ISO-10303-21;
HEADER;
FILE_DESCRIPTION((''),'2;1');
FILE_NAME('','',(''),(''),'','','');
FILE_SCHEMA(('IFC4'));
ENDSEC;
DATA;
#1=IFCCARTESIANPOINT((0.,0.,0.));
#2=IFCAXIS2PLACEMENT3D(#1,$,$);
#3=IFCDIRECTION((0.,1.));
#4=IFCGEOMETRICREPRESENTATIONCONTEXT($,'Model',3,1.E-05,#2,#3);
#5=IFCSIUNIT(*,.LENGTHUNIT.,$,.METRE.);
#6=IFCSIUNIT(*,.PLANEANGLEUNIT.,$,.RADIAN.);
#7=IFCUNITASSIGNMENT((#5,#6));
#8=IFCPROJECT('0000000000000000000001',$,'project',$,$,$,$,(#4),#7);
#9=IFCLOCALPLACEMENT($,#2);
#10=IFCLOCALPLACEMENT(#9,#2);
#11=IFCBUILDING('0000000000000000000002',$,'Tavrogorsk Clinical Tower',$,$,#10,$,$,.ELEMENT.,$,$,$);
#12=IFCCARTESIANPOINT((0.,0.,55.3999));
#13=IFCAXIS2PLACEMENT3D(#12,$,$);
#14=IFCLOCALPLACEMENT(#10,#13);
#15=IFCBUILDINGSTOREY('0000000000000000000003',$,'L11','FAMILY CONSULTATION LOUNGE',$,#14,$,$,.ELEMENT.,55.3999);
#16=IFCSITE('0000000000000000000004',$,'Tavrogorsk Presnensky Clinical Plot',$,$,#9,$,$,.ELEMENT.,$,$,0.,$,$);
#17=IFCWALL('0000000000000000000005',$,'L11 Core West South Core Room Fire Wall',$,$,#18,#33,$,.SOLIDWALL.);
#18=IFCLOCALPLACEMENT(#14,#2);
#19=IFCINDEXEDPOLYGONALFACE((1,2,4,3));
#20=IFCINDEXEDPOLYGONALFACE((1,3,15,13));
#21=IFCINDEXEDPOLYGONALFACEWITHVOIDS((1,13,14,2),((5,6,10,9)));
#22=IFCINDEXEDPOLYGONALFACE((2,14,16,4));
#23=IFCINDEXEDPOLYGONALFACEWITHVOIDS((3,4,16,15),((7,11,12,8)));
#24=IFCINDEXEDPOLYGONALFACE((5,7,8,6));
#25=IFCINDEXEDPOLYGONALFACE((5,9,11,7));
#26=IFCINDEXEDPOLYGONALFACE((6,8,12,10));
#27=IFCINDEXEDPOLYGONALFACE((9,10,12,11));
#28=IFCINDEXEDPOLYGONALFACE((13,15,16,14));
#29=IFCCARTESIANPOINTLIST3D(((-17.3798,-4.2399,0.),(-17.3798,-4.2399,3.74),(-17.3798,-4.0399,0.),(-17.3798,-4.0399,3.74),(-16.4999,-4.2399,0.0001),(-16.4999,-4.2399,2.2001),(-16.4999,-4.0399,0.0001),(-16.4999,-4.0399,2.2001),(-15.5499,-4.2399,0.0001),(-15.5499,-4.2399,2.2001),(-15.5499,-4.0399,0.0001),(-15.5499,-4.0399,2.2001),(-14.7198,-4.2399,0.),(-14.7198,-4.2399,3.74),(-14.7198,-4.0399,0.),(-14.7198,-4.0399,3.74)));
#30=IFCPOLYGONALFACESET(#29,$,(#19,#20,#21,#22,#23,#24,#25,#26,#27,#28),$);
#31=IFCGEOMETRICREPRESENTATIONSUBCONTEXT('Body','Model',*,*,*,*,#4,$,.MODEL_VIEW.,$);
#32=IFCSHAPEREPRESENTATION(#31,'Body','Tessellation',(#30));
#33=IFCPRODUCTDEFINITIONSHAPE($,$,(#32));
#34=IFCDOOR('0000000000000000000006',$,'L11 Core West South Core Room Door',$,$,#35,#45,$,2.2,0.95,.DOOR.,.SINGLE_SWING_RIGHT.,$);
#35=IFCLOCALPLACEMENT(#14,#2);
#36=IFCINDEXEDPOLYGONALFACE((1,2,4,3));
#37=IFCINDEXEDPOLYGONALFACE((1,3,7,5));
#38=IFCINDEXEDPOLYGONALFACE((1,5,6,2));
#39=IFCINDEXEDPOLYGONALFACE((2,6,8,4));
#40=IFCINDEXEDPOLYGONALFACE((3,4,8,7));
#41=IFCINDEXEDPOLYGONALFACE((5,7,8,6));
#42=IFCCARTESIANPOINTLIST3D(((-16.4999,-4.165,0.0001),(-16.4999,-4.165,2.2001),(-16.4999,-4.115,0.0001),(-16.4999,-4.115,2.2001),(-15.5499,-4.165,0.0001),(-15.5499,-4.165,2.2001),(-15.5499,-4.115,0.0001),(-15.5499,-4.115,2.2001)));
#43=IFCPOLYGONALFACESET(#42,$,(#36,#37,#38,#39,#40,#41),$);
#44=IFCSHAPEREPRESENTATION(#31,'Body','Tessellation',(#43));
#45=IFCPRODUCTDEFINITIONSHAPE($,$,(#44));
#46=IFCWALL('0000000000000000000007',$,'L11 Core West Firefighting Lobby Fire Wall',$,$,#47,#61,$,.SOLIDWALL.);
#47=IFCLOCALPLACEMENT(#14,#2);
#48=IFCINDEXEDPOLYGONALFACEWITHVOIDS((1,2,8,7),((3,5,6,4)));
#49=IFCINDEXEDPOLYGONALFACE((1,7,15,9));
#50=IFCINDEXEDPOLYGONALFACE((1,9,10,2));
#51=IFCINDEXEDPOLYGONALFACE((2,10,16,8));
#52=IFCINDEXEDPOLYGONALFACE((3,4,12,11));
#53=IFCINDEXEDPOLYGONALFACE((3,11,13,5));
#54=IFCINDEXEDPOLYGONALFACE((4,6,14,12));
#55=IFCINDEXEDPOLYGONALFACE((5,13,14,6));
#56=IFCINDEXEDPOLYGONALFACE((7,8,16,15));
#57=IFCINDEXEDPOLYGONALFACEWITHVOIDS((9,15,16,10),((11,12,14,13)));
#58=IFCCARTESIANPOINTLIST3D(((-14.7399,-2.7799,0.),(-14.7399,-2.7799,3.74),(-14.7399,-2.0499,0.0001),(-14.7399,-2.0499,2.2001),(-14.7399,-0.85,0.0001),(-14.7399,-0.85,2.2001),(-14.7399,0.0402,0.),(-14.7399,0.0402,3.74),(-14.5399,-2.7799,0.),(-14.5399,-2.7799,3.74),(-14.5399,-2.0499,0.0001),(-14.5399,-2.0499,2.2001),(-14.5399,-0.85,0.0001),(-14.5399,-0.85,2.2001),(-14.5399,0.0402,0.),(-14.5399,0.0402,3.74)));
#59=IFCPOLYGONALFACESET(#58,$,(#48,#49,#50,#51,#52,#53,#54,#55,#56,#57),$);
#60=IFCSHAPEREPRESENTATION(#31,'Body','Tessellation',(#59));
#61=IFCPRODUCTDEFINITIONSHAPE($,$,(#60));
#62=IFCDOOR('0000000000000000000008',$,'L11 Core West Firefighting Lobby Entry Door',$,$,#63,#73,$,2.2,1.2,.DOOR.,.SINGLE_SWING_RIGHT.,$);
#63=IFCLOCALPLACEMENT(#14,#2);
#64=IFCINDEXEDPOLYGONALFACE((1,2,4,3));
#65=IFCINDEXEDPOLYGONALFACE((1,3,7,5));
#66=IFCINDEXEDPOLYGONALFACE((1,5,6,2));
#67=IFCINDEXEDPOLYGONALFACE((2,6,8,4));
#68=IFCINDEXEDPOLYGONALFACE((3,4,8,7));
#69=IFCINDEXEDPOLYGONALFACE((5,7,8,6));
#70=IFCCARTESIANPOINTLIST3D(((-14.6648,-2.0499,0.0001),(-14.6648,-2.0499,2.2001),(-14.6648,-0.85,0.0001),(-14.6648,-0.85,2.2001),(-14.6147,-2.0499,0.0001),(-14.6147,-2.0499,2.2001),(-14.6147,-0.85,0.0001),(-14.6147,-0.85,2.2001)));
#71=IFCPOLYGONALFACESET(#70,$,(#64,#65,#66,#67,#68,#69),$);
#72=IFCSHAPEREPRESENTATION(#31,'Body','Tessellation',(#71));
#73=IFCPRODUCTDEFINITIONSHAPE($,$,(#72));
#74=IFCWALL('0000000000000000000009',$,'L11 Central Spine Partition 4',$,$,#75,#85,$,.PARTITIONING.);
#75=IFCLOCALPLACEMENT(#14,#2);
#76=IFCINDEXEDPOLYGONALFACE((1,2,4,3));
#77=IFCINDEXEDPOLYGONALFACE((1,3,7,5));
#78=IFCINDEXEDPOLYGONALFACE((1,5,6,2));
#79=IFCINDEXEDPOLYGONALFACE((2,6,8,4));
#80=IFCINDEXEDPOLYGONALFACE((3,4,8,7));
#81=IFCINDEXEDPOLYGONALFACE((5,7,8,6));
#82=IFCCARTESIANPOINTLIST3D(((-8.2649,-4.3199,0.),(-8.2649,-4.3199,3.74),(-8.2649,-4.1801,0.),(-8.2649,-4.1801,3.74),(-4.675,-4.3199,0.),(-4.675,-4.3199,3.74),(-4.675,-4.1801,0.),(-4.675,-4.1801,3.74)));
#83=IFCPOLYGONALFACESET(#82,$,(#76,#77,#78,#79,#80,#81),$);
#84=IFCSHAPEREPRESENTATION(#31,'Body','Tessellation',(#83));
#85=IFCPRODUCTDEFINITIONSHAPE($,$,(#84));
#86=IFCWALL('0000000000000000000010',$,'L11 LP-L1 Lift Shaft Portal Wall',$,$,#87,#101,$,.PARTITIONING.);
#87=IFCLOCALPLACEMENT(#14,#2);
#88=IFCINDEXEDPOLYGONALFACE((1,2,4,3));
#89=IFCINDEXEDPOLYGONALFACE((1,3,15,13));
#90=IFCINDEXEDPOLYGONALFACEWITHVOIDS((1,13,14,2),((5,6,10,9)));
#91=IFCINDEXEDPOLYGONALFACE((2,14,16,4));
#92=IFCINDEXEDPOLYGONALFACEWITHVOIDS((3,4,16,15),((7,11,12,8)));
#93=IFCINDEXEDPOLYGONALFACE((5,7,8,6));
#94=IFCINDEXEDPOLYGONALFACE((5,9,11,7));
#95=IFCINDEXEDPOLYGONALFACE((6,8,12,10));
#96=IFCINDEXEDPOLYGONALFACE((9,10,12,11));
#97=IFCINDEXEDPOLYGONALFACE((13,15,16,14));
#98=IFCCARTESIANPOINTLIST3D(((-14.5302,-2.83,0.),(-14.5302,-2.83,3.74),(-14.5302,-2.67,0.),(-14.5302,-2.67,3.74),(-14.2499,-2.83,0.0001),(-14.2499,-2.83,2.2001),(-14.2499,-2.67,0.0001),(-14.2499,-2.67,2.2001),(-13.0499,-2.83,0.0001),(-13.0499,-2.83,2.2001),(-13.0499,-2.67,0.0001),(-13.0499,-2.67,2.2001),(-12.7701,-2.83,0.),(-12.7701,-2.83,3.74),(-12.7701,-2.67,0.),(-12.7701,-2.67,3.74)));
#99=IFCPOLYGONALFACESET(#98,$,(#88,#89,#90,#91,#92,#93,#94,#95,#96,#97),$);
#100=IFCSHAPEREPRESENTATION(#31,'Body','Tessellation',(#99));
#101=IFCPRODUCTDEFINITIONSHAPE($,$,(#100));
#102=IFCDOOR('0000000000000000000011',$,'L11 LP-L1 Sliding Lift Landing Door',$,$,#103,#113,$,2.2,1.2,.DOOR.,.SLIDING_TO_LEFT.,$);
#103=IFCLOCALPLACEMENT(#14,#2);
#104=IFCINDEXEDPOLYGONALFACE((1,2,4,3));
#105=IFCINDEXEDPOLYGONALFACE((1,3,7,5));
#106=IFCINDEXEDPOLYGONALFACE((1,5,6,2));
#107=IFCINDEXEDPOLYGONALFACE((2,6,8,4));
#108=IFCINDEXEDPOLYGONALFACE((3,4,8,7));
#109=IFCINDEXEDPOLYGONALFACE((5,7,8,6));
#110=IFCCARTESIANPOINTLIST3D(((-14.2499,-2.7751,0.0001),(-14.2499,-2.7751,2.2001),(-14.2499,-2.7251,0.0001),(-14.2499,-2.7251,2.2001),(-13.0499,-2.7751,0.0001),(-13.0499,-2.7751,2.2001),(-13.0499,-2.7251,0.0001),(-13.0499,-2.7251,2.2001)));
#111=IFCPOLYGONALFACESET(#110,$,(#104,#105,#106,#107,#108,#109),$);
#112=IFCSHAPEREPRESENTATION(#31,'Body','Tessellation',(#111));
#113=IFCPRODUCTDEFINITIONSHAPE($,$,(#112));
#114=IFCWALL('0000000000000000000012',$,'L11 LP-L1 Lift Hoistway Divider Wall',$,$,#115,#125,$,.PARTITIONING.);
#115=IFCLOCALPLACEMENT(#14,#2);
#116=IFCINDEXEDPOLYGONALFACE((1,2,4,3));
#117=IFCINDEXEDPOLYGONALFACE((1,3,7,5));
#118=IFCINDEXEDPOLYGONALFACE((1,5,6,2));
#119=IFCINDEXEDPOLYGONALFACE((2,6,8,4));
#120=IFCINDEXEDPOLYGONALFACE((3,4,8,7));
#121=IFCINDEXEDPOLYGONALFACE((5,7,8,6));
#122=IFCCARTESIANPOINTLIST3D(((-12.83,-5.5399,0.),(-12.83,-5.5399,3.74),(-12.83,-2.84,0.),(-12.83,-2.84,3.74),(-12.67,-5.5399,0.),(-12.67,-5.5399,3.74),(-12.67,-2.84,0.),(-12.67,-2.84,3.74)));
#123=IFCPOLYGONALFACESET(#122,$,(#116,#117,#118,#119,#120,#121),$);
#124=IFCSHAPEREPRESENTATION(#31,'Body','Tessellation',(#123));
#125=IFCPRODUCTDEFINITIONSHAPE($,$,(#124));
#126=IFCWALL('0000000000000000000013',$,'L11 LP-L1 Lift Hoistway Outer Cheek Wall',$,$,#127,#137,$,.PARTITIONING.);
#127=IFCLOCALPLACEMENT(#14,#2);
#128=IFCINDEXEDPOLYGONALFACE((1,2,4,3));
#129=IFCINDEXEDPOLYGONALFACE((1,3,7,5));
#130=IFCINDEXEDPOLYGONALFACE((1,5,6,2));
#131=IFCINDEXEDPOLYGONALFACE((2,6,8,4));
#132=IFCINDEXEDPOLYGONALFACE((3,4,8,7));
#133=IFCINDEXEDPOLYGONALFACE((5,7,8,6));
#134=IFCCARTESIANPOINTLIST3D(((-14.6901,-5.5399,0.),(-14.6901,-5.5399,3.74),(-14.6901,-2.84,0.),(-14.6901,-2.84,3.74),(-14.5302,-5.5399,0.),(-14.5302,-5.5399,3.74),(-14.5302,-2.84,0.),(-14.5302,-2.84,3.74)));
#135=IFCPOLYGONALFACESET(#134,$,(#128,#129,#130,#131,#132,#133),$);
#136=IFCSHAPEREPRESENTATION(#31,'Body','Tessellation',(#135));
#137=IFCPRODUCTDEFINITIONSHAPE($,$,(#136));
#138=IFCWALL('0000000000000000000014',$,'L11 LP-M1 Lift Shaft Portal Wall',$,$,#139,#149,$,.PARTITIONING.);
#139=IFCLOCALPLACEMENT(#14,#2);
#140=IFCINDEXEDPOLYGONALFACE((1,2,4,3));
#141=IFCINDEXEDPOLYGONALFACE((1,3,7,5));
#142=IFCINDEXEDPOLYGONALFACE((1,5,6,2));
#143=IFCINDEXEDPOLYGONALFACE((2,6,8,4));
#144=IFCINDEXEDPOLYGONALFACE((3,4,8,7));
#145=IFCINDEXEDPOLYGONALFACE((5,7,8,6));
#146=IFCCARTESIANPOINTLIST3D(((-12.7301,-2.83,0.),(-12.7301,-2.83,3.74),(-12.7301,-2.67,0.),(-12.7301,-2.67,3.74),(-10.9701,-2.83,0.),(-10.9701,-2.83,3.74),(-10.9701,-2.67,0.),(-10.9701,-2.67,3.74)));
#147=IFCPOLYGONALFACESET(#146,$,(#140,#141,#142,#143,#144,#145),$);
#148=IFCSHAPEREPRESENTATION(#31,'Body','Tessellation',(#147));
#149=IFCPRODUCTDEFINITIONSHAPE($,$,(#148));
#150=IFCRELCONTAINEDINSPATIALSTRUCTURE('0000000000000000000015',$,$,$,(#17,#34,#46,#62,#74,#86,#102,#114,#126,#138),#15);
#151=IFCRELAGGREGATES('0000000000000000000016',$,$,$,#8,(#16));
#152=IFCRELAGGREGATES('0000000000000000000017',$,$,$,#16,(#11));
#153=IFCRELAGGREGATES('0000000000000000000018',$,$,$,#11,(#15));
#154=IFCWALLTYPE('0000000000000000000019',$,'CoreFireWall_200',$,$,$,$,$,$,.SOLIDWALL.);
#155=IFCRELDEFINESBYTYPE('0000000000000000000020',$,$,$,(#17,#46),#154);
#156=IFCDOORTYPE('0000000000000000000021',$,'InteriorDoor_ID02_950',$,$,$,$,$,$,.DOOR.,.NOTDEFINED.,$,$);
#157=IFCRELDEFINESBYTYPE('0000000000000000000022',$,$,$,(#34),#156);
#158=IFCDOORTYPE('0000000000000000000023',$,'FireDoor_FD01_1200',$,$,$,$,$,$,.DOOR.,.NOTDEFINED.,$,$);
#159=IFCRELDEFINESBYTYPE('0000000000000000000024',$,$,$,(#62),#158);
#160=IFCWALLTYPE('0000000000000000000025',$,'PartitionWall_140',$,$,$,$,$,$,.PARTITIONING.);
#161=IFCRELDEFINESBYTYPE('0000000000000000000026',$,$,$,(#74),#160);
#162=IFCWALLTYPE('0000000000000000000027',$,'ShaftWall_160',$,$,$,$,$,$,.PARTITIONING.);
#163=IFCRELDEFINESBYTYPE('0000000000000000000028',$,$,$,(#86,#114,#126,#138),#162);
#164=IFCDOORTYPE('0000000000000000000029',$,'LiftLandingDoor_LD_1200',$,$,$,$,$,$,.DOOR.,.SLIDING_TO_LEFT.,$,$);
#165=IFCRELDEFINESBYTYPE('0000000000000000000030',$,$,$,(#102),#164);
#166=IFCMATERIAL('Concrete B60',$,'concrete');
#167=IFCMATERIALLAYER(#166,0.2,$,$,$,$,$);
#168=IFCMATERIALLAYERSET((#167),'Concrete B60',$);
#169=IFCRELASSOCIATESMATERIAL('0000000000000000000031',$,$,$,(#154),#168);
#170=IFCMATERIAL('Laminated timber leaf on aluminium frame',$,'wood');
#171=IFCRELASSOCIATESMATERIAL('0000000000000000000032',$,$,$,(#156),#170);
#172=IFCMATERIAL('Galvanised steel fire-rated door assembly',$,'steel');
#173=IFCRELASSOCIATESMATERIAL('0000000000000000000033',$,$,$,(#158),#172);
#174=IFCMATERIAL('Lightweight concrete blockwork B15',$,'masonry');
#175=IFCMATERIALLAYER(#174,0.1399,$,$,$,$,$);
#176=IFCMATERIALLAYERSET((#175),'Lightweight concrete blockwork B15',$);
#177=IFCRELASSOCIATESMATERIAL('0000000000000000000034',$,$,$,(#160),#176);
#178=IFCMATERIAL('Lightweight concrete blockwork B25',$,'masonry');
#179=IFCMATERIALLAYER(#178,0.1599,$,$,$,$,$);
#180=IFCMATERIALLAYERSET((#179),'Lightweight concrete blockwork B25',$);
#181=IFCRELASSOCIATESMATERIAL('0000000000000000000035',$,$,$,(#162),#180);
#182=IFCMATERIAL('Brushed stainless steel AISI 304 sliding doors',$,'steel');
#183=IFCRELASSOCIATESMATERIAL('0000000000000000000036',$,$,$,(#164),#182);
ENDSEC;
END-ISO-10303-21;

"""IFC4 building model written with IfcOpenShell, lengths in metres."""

from ifc_helpers import new_model, si_unit, direction, frame, frame_2d, origin, place, context, subcontext, project, spatial, rectangle, extrude, material, layer, layer_set, type_object, element, fill, save


model = new_model("IFC4")

# Units and contexts
model_context = context("Model", 3, precision=1e-05, world=origin(), true_north=direction((0.0, 1.0)))
body_context = subcontext(model_context, "Body", "Model", "MODEL_VIEW")
ifc_project = project(units=[si_unit("LENGTHUNIT", "METRE"), si_unit("PLANEANGLEUNIT", "RADIAN")], contexts=[model_context])

# Site, building, storey
site_placement = place(None, origin())
site = spatial("IfcSite", under=ifc_project, at=site_placement, Name="Tavrogorsk Presnensky Clinical Plot", CompositionType="ELEMENT", RefElevation=0.0)
building_placement = place(site_placement, origin())
building = spatial("IfcBuilding", under=site, at=building_placement, Name="Tavrogorsk Clinical Tower", CompositionType="ELEMENT")
storey_placement = place(building_placement, frame((0.0, 0.0, 55.3999)))
storey = spatial("IfcBuildingStorey", under=building, at=storey_placement, Name="L11", Description="FAMILY CONSULTATION LOUNGE", CompositionType="ELEMENT", Elevation=55.3999)

# Walls, openings, doors
ifc_material_1 = material(Name="Concrete B60", Category="concrete")
ifc_layer_1 = layer(ifc_material_1, 0.2)
ifc_layer_set_1 = layer_set([ifc_layer_1], Name="Concrete B60")
wall_type_1 = type_object("IfcWallType", Name="CoreFireWall_200", PredefinedType="SOLIDWALL", material=ifc_layer_set_1)
wall_1_placement = place(storey_placement, frame((-17.3799, -4.1399, 0.0), z_axis=(0.0, 0.0, 1.0), x_axis=(1.0, 0.0, 0.0)))
wall_1 = element("IfcWall", 1, at=wall_1_placement, inside=storey, type_object=wall_type_1, Name="L11 Core West South Core Room Fire Wall", PredefinedType="SOLIDWALL", context=body_context, shape_type="SweptSolid", body=[
    extrude(rectangle(XDim=2.6599, YDim=0.2, at=frame_2d((1.3301, 0.0))), origin(), (0.0, 0.0, 1.0), 3.74),
])
opening_1_placement = place(wall_1_placement, frame((0.8799, 0.0, 0.0)))
opening_1 = element("IfcOpeningElement", 2, at=opening_1_placement, cuts=wall_1, PredefinedType="OPENING", context=body_context, shape_type="SweptSolid", body=[
    extrude(rectangle(XDim=0.95, YDim=2.2, at=frame_2d((0.4751, 1.1001))), frame((0.0, 0.1099, 0.0), z_axis=(0.0, -1.0, 0.0), x_axis=(1.0, 0.0, 0.0)), (0.0, 0.0, 1.0), 0.22),
])
ifc_material_2 = material(Name="Laminated timber leaf on aluminium frame", Category="wood")
door_type_1 = type_object("IfcDoorType", Name="InteriorDoor_ID02_950", OperationType="NOTDEFINED", PredefinedType="DOOR", material=ifc_material_2)
door_1_placement = place(opening_1_placement, origin())
door_1 = element("IfcDoor", 3, at=door_1_placement, inside=storey, type_object=door_type_1, Name="L11 Core West South Core Room Door", OperationType="SINGLE_SWING_RIGHT", OverallHeight=2.2, OverallWidth=0.95, PredefinedType="DOOR", context=body_context, shape_type="SweptSolid", body=[
    extrude(rectangle(XDim=0.95, YDim=2.2, at=frame_2d((0.4751, 1.1001))), frame((0.0, 0.0249, 0.0), z_axis=(0.0, -1.0, 0.0), x_axis=(1.0, 0.0, 0.0)), (0.0, 0.0, 1.0), 0.05),
])
fill(opening_1, door_1)
wall_2_placement = place(storey_placement, frame((-14.6399, -2.78, 0.0), z_axis=(0.0, 0.0, 1.0), x_axis=(0.0, 1.0, 0.0)))
wall_2 = element("IfcWall", 4, at=wall_2_placement, inside=storey, type_object=wall_type_1, Name="L11 Core West Firefighting Lobby Fire Wall", PredefinedType="SOLIDWALL", context=body_context, shape_type="SweptSolid", body=[
    extrude(rectangle(XDim=2.8201, YDim=0.2, at=frame_2d((1.4102, 0.0))), origin(), (0.0, 0.0, 1.0), 3.74),
])
opening_2_placement = place(wall_2_placement, frame((0.73, 0.0, 0.0)))
opening_2 = element("IfcOpeningElement", 5, at=opening_2_placement, cuts=wall_2, PredefinedType="OPENING", context=body_context, shape_type="SweptSolid", body=[
    extrude(rectangle(XDim=1.2, YDim=2.2, at=frame_2d((0.6001, 1.1001))), frame((0.0, 0.1099, 0.0), z_axis=(0.0, -1.0, 0.0), x_axis=(1.0, 0.0, 0.0)), (0.0, 0.0, 1.0), 0.22),
])
ifc_material_3 = material(Name="Galvanised steel fire-rated door assembly", Category="steel")
door_type_2 = type_object("IfcDoorType", Name="FireDoor_FD01_1200", OperationType="NOTDEFINED", PredefinedType="DOOR", material=ifc_material_3)
door_2_placement = place(opening_2_placement, origin())
door_2 = element("IfcDoor", 6, at=door_2_placement, inside=storey, type_object=door_type_2, Name="L11 Core West Firefighting Lobby Entry Door", OperationType="SINGLE_SWING_RIGHT", OverallHeight=2.2, OverallWidth=1.2, PredefinedType="DOOR", context=body_context, shape_type="SweptSolid", body=[
    extrude(rectangle(XDim=1.2, YDim=2.2, at=frame_2d((0.6001, 1.1001))), frame((0.0, 0.0249, 0.0), z_axis=(0.0, -1.0, 0.0), x_axis=(1.0, 0.0, 0.0)), (0.0, 0.0, 1.0), 0.05),
])
fill(opening_2, door_2)

# Wall
ifc_material_4 = material(Name="Lightweight concrete blockwork B15", Category="masonry")
ifc_layer_2 = layer(ifc_material_4, 0.1399)
ifc_layer_set_2 = layer_set([ifc_layer_2], Name="Lightweight concrete blockwork B15")
wall_type_2 = type_object("IfcWallType", Name="PartitionWall_140", PredefinedType="PARTITIONING", material=ifc_layer_set_2)
wall_3_placement = place(storey_placement, frame((-8.2649, -4.25, 0.0), z_axis=(0.0, 0.0, 1.0), x_axis=(1.0, 0.0, 0.0)))
element("IfcWall", 7, at=wall_3_placement, inside=storey, type_object=wall_type_2, Name="L11 Central Spine Partition 4", PredefinedType="PARTITIONING", context=body_context, shape_type="SweptSolid", body=[
    extrude(rectangle(XDim=3.5898, YDim=0.1399, at=frame_2d((1.7949, 0.0))), origin(), (0.0, 0.0, 1.0), 3.74),
])

# Wall, opening, door
ifc_material_5 = material(Name="Lightweight concrete blockwork B25", Category="masonry")
ifc_layer_3 = layer(ifc_material_5, 0.1599)
ifc_layer_set_3 = layer_set([ifc_layer_3], Name="Lightweight concrete blockwork B25")
wall_type_3 = type_object("IfcWallType", Name="ShaftWall_160", PredefinedType="PARTITIONING", material=ifc_layer_set_3)
wall_4_placement = place(storey_placement, frame((-14.53, -2.75, 0.0), z_axis=(0.0, 0.0, 1.0), x_axis=(1.0, 0.0, 0.0)))
wall_4 = element("IfcWall", 8, at=wall_4_placement, inside=storey, type_object=wall_type_3, Name="L11 LP-L1 Lift Shaft Portal Wall", PredefinedType="PARTITIONING", context=body_context, shape_type="SweptSolid", body=[
    extrude(rectangle(XDim=1.76, YDim=0.1599, at=frame_2d((0.8799, 0.0))), origin(), (0.0, 0.0, 1.0), 3.74),
])
opening_3_placement = place(wall_4_placement, frame((0.28, 0.0, 0.0)))
opening_3 = element("IfcOpeningElement", 9, at=opening_3_placement, cuts=wall_4, PredefinedType="OPENING", context=body_context, shape_type="SweptSolid", body=[
    extrude(rectangle(XDim=1.2, YDim=2.2, at=frame_2d((0.6001, 1.1001))), frame((0.0, 0.0898, 0.0), z_axis=(0.0, -1.0, 0.0), x_axis=(1.0, 0.0, 0.0)), (0.0, 0.0, 1.0), 0.1799),
])
ifc_material_6 = material(Name="Brushed stainless steel AISI 304 sliding doors", Category="steel")
door_type_3 = type_object("IfcDoorType", Name="LiftLandingDoor_LD_1200", OperationType="SLIDING_TO_LEFT", PredefinedType="DOOR", material=ifc_material_6)
door_3_placement = place(opening_3_placement, origin())
door_3 = element("IfcDoor", 10, at=door_3_placement, inside=storey, type_object=door_type_3, Name="L11 LP-L1 Sliding Lift Landing Door", OperationType="SLIDING_TO_LEFT", OverallHeight=2.2, OverallWidth=1.2, PredefinedType="DOOR", context=body_context, shape_type="SweptSolid", body=[
    extrude(rectangle(XDim=1.2, YDim=2.2, at=frame_2d((0.6001, 1.1001))), frame((0.0, 0.0249, 0.0), z_axis=(0.0, -1.0, 0.0), x_axis=(1.0, 0.0, 0.0)), (0.0, 0.0, 1.0), 0.05),
])
fill(opening_3, door_3)

# Walls
for number, where, z_axis, x_axis, name in (
    (11, (-12.75, -5.54, 0.0), (0.0, 0.0, 1.0), (0.0, 1.0, 0.0), "L11 LP-L1 Lift Hoistway Divider Wall"),
    (12, (-14.6101, -5.54, 0.0), (0.0, 0.0, 1.0), (0.0, 1.0, 0.0), "L11 LP-L1 Lift Hoistway Outer Cheek Wall"),
):
    element("IfcWall", number, at=place(storey_placement, frame(where, z_axis=z_axis, x_axis=x_axis)), inside=storey, type_object=wall_type_3, Name=name, PredefinedType="PARTITIONING", context=body_context, shape_type="SweptSolid", body=[
        extrude(rectangle(XDim=2.7, YDim=0.1599, at=frame_2d((1.3501, 0.0))), origin(), (0.0, 0.0, 1.0), 3.74),
    ])
wall_5_placement = place(storey_placement, frame((-12.73, -2.75, 0.0), z_axis=(0.0, 0.0, 1.0), x_axis=(1.0, 0.0, 0.0)))
element("IfcWall", 13, at=wall_5_placement, inside=storey, type_object=wall_type_3, Name="L11 LP-M1 Lift Shaft Portal Wall", PredefinedType="PARTITIONING", context=body_context, shape_type="SweptSolid", body=[
    extrude(rectangle(XDim=1.76, YDim=0.1599, at=frame_2d((0.8799, 0.0))), origin(), (0.0, 0.0, 1.0), 3.74),
])

save(model, "model.ifc")
